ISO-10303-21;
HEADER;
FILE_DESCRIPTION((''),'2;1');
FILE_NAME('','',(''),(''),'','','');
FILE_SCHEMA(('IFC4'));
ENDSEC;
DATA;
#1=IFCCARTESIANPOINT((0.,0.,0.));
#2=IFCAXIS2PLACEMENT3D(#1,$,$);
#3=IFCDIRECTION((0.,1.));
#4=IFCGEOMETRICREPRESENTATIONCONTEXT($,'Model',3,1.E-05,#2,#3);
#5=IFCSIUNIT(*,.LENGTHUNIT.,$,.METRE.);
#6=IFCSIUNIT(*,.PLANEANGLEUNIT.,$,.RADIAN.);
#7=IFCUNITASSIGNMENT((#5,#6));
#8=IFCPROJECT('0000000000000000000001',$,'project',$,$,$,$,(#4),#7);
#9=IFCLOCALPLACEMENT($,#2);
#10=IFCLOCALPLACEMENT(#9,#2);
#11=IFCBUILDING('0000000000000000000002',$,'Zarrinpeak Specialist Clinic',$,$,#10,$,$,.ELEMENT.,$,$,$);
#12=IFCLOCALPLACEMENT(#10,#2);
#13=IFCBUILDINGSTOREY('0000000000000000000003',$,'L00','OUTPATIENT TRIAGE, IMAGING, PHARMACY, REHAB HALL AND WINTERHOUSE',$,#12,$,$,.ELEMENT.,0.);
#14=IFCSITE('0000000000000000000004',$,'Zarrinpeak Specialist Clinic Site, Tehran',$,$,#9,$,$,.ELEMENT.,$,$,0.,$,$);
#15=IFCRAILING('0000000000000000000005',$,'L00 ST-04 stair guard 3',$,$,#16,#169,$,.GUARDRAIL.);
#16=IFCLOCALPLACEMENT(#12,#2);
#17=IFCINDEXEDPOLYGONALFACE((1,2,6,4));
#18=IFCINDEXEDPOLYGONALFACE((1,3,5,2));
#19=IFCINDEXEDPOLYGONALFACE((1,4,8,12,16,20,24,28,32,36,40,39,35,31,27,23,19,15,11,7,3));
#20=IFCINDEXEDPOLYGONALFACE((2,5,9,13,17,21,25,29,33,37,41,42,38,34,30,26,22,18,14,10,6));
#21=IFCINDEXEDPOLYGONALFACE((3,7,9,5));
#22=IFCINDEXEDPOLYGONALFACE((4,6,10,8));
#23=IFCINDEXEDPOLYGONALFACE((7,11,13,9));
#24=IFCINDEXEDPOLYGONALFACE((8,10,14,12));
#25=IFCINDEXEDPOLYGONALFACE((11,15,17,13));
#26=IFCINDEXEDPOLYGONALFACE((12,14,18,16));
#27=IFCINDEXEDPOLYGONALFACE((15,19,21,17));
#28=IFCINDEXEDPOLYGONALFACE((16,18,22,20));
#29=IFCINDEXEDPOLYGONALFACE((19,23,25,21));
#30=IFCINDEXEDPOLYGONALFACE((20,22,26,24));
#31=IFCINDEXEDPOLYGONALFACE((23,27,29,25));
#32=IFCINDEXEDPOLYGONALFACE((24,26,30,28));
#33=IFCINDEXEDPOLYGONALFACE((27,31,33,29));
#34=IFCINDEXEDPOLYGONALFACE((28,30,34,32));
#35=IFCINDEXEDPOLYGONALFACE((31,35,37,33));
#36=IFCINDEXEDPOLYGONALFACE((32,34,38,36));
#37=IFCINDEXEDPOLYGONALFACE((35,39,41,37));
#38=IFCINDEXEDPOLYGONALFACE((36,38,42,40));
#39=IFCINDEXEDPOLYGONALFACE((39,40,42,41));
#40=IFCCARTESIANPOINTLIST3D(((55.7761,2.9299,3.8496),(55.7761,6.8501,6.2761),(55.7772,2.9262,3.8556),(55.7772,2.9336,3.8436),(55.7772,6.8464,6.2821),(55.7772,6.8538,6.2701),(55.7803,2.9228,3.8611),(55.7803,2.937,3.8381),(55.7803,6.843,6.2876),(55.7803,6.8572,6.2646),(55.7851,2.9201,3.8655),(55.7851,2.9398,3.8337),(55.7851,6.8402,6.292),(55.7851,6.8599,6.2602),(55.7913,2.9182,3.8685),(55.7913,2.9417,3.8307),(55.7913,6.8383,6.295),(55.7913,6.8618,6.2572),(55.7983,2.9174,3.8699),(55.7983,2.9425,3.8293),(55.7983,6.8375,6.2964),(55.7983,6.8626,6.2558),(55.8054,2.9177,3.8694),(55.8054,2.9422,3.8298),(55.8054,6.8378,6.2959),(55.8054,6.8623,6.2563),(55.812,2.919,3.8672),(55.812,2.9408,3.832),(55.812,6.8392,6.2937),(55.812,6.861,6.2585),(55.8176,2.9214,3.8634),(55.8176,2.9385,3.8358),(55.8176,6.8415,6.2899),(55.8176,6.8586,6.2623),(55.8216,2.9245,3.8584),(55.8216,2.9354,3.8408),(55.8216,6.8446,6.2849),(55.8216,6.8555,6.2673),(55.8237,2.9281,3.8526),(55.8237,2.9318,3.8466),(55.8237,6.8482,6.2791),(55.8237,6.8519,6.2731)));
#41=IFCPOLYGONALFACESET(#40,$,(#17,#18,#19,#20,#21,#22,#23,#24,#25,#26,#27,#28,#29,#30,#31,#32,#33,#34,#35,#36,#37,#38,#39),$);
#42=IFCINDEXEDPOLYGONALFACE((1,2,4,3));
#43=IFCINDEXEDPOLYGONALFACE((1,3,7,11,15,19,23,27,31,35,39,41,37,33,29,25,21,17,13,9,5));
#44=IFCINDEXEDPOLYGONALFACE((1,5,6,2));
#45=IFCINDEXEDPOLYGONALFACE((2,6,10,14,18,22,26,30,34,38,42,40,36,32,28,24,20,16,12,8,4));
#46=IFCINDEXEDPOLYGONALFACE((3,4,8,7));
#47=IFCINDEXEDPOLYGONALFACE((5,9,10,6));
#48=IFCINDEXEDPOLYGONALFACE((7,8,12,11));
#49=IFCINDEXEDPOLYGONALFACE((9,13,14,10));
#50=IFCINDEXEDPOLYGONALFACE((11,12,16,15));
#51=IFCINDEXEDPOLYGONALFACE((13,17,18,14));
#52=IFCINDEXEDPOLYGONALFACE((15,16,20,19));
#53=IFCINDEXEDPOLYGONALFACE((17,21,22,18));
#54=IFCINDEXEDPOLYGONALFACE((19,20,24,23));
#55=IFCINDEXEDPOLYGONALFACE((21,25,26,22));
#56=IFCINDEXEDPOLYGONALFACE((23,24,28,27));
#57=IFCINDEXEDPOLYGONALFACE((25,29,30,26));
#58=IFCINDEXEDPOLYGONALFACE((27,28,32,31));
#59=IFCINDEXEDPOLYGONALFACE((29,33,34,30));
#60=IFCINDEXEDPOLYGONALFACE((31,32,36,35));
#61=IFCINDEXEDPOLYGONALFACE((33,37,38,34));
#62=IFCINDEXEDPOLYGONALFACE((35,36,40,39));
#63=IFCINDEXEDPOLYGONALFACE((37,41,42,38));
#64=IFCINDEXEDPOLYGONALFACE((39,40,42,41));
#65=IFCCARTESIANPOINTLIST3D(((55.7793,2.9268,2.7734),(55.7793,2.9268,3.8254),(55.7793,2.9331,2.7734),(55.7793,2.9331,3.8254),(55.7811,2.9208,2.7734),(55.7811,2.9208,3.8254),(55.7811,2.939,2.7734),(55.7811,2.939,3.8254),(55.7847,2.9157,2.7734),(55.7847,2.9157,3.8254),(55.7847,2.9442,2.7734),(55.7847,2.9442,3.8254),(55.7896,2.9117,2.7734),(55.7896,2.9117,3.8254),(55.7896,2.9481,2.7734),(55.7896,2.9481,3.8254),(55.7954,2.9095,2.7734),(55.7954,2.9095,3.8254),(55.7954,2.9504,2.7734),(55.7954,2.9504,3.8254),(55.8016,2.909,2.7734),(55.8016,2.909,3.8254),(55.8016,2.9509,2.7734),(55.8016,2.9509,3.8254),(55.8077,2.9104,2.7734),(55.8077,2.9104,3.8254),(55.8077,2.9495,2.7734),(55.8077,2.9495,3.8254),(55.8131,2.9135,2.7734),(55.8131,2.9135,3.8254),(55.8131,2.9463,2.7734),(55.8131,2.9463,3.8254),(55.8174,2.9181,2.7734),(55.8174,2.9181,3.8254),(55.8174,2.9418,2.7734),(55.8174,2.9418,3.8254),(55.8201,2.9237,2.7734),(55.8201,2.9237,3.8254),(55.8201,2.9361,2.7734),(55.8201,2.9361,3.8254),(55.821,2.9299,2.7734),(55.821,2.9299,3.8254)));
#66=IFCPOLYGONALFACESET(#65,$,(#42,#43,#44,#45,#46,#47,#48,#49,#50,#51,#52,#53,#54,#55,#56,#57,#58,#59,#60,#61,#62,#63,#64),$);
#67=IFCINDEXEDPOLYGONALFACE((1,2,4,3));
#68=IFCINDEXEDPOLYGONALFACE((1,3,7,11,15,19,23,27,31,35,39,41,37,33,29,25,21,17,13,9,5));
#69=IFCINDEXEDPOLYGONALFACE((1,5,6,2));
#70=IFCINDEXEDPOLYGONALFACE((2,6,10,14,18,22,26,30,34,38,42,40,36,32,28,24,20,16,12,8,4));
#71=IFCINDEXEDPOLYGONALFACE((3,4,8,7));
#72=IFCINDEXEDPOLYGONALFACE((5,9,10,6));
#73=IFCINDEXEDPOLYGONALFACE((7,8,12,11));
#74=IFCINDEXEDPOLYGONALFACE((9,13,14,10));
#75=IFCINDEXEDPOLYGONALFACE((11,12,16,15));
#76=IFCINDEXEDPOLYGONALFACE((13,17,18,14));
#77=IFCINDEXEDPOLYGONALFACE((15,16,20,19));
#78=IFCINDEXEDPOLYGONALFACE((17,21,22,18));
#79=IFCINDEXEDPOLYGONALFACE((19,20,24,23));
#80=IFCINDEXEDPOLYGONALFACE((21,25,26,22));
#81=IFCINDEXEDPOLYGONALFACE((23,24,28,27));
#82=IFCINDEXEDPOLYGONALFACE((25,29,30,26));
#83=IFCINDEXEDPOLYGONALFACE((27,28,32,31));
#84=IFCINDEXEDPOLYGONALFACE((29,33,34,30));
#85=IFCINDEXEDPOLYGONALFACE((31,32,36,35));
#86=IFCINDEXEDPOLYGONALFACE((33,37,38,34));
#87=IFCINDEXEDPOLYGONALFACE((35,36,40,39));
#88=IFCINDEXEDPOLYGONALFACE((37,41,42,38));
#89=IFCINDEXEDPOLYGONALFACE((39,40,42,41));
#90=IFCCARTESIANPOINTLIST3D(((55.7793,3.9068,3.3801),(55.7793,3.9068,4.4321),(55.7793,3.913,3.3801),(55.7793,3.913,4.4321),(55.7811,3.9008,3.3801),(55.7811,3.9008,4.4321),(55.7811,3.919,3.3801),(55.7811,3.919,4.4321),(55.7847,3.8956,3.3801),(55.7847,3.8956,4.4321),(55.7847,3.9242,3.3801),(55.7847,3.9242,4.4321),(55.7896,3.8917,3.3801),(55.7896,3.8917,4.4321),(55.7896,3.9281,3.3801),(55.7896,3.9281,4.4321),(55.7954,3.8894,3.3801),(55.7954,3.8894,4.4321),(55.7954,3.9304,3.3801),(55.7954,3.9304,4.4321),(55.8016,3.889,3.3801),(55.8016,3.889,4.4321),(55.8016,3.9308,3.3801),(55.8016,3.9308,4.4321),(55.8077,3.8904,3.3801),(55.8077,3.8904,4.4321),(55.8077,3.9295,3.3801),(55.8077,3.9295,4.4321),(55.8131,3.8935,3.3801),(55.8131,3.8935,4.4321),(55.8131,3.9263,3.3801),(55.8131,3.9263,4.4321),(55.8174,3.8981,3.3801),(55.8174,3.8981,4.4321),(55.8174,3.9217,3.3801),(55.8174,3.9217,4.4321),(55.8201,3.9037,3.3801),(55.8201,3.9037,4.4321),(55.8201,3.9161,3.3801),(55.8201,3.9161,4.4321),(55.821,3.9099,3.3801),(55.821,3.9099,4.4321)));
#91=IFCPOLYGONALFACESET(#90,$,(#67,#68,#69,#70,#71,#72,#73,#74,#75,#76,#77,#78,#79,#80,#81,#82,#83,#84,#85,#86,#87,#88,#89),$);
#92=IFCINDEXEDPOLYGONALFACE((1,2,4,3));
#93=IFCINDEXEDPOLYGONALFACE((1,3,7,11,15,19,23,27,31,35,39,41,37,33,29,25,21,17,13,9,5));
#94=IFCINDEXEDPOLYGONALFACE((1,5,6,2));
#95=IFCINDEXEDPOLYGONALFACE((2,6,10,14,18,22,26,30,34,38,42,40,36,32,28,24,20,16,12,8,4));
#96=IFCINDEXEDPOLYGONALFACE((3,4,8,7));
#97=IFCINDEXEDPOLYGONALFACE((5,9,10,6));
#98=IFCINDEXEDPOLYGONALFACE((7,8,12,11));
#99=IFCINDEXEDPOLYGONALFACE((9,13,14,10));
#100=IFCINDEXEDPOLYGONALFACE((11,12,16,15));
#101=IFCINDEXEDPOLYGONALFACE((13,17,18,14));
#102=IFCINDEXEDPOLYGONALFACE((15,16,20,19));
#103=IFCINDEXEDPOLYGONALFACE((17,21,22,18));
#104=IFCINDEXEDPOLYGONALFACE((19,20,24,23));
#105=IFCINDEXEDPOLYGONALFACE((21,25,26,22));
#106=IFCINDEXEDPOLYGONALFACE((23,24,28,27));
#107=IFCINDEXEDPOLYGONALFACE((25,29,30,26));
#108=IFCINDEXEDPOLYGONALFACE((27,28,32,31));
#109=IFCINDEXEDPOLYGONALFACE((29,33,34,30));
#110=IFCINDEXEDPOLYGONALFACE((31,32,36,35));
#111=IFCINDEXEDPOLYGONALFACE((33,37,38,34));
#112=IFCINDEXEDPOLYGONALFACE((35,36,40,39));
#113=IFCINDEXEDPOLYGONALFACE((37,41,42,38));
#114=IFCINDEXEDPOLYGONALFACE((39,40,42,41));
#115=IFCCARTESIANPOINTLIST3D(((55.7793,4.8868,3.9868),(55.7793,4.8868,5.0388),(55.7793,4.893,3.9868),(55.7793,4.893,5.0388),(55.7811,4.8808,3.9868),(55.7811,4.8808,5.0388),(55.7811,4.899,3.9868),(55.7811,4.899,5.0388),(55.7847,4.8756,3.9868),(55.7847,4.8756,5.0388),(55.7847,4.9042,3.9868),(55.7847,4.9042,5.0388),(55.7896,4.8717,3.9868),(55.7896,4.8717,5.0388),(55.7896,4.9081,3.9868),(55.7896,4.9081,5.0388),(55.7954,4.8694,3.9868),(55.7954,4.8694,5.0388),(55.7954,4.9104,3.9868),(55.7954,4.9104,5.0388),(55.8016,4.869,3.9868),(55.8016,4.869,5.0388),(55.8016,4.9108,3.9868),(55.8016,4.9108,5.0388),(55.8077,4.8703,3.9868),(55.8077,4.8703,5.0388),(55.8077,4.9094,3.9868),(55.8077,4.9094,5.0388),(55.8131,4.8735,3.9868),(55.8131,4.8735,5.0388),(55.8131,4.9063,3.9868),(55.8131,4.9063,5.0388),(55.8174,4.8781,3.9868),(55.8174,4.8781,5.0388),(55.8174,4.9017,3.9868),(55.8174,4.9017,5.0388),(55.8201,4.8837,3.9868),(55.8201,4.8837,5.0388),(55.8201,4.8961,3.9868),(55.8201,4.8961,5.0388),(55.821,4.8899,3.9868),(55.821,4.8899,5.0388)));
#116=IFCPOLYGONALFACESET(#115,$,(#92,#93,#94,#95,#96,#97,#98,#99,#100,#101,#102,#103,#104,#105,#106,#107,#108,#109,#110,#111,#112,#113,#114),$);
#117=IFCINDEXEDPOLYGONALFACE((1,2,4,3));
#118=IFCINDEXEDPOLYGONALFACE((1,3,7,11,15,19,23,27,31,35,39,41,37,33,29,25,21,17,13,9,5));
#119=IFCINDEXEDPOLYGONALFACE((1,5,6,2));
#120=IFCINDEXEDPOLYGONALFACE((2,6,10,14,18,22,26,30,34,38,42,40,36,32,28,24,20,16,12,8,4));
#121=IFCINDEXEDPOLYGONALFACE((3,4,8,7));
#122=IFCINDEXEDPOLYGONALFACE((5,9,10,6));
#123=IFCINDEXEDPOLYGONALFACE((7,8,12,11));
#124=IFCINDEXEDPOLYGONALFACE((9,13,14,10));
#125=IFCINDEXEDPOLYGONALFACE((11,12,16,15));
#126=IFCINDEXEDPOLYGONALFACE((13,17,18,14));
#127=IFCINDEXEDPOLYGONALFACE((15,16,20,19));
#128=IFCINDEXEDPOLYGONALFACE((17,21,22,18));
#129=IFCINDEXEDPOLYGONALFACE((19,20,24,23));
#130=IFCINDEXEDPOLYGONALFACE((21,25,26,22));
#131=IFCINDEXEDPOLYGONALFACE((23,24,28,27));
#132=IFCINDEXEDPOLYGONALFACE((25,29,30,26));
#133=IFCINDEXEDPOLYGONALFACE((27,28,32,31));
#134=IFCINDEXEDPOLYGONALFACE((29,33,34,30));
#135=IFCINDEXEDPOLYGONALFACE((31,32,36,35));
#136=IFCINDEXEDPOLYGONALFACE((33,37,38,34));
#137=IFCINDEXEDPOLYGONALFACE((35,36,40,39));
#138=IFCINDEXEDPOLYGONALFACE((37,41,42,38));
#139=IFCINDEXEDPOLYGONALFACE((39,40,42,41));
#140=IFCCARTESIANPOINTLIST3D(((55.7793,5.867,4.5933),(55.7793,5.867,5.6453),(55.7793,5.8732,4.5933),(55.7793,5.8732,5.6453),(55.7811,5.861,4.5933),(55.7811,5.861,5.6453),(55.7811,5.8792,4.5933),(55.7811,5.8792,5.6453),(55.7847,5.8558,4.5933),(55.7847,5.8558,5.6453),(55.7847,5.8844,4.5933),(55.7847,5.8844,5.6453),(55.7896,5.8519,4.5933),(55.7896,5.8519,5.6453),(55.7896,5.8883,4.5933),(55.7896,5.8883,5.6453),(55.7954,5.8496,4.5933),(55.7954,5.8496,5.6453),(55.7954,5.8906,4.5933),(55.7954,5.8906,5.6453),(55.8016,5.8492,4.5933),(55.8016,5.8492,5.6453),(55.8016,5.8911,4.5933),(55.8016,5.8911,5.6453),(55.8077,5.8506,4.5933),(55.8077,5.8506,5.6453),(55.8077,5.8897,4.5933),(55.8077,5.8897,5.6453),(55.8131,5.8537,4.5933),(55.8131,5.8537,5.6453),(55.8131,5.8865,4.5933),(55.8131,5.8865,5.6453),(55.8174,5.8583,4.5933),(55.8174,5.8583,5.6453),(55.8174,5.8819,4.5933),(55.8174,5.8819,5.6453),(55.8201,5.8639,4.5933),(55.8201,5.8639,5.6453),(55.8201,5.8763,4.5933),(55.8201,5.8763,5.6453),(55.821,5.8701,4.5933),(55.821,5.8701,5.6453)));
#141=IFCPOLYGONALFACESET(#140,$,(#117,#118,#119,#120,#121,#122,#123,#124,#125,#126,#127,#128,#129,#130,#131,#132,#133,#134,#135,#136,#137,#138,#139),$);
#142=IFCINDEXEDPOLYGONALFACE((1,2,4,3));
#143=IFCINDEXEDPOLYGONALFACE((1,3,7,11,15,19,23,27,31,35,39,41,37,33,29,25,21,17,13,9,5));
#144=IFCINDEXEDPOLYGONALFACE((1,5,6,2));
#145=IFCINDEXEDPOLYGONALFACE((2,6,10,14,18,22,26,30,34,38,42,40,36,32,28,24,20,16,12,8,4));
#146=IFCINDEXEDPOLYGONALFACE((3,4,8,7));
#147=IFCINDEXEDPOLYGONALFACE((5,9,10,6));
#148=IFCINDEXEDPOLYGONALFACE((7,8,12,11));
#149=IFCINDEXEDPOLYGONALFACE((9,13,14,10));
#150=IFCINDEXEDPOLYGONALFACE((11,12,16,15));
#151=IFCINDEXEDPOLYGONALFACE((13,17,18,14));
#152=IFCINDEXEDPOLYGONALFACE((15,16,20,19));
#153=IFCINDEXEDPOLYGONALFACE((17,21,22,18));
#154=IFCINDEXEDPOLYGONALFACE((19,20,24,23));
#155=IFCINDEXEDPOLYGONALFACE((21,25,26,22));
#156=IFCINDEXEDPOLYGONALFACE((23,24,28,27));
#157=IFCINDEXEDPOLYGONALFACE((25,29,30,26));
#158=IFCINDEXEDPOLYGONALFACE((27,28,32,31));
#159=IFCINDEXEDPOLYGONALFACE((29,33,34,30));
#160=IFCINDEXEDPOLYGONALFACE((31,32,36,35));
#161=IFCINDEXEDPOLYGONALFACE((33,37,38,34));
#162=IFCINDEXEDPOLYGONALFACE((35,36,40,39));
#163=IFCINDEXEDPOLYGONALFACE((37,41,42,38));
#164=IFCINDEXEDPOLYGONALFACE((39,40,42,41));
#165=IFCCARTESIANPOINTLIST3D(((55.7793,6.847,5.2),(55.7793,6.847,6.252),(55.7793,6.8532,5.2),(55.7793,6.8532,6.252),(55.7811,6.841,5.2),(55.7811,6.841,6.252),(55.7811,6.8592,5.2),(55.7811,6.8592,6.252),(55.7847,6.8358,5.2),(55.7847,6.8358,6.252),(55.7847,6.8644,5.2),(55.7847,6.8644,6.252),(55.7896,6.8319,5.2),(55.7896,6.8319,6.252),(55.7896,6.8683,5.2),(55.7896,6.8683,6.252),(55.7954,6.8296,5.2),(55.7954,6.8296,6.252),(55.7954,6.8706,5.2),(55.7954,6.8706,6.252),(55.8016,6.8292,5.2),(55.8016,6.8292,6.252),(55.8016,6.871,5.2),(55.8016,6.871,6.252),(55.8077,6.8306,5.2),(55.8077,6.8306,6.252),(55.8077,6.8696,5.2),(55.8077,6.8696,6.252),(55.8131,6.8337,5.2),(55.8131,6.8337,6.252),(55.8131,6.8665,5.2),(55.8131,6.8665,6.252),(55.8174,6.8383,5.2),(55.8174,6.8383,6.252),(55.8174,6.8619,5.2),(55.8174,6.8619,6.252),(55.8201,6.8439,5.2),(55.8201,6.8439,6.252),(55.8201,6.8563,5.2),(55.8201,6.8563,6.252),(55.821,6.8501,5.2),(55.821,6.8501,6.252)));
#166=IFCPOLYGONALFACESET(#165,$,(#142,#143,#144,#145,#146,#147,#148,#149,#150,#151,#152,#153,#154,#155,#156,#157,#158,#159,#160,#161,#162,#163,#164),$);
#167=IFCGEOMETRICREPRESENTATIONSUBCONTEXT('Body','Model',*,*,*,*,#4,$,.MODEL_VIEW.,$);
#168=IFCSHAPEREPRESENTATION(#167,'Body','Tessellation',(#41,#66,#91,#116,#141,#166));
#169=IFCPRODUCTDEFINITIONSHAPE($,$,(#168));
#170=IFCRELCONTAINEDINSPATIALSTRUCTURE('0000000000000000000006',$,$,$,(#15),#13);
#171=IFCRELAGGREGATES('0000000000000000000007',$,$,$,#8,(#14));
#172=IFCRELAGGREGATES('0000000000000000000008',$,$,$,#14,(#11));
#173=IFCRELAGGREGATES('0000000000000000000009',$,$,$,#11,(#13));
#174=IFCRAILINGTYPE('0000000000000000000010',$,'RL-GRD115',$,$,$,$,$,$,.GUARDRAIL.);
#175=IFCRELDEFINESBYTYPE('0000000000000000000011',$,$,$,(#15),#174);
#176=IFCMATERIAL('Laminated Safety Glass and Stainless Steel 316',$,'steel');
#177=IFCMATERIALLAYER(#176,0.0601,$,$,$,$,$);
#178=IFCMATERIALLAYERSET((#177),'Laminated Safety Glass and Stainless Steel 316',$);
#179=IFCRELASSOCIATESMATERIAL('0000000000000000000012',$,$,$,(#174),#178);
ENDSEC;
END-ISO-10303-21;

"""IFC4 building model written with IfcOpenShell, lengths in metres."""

from ifc_helpers import new_model, si_unit, direction, frame, origin, origin_2d, place, context, subcontext, project, spatial, circle, extrude, material, layer, layer_set, type_object, element, save


model = new_model("IFC4")

# Units and contexts
model_context = context("Model", 3, precision=1e-05, world=origin(), true_north=direction((0.0, 1.0)))
body_context = subcontext(model_context, "Body", "Model", "MODEL_VIEW")
ifc_project = project(units=[si_unit("LENGTHUNIT", "METRE"), si_unit("PLANEANGLEUNIT", "RADIAN")], contexts=[model_context])

# Site, building, storey
site_placement = place(None, origin())
site = spatial("IfcSite", under=ifc_project, at=site_placement, Name="Zarrinpeak Specialist Clinic Site, Tehran", CompositionType="ELEMENT", RefElevation=0.0)
building_placement = place(site_placement, origin())
building = spatial("IfcBuilding", under=site, at=building_placement, Name="Zarrinpeak Specialist Clinic", CompositionType="ELEMENT")
storey_placement = place(building_placement, origin())
storey = spatial("IfcBuildingStorey", under=building, at=storey_placement, Name="L00", Description="OUTPATIENT TRIAGE, IMAGING, PHARMACY, REHAB HALL AND WINTERHOUSE", CompositionType="ELEMENT", Elevation=0.0)

# Railing
ifc_material_1 = material(Name="Laminated Safety Glass and Stainless Steel 316", Category="steel")
ifc_layer_1 = layer(ifc_material_1, 0.0601)
ifc_layer_set_1 = layer_set([ifc_layer_1], Name="Laminated Safety Glass and Stainless Steel 316")
railing_type_1 = type_object("IfcRailingType", Name="RL-GRD115", PredefinedType="GUARDRAIL", material=ifc_layer_set_1)
railing_1_placement = place(storey_placement, frame((55.8, 2.9299, 2.7734)))
element("IfcRailing", 1, at=railing_1_placement, inside=storey, type_object=railing_type_1, Name="L00 ST-04 stair guard 3", PredefinedType="GUARDRAIL", context=body_context, shape_type="SweptSolid", body=[
    extrude(circle(Radius=0.0239, at=origin_2d()), frame((0.0, 0.0, 1.0762), z_axis=(0.0, 0.85029, 0.526315), x_axis=(-1.0, 0.0, 0.0)), (0.0, 0.0, 1.0), 4.6104),
    extrude(circle(Radius=0.021, at=origin_2d()), origin(), (0.0, 0.0, 1.0), 1.052),
    extrude(circle(Radius=0.021, at=origin_2d()), frame((0.0, 0.98, 0.6067)), (0.0, 0.0, 1.0), 1.052),
    extrude(circle(Radius=0.021, at=origin_2d()), frame((0.0, 1.96, 1.2134)), (0.0, 0.0, 1.0), 1.052),
    extrude(circle(Radius=0.021, at=origin_2d()), frame((0.0, 2.9402, 1.8198)), (0.0, 0.0, 1.0), 1.052),
    extrude(circle(Radius=0.021, at=origin_2d()), frame((0.0, 3.9202, 2.4265)), (0.0, 0.0, 1.0), 1.052),
])

save(model, "model.ifc")
